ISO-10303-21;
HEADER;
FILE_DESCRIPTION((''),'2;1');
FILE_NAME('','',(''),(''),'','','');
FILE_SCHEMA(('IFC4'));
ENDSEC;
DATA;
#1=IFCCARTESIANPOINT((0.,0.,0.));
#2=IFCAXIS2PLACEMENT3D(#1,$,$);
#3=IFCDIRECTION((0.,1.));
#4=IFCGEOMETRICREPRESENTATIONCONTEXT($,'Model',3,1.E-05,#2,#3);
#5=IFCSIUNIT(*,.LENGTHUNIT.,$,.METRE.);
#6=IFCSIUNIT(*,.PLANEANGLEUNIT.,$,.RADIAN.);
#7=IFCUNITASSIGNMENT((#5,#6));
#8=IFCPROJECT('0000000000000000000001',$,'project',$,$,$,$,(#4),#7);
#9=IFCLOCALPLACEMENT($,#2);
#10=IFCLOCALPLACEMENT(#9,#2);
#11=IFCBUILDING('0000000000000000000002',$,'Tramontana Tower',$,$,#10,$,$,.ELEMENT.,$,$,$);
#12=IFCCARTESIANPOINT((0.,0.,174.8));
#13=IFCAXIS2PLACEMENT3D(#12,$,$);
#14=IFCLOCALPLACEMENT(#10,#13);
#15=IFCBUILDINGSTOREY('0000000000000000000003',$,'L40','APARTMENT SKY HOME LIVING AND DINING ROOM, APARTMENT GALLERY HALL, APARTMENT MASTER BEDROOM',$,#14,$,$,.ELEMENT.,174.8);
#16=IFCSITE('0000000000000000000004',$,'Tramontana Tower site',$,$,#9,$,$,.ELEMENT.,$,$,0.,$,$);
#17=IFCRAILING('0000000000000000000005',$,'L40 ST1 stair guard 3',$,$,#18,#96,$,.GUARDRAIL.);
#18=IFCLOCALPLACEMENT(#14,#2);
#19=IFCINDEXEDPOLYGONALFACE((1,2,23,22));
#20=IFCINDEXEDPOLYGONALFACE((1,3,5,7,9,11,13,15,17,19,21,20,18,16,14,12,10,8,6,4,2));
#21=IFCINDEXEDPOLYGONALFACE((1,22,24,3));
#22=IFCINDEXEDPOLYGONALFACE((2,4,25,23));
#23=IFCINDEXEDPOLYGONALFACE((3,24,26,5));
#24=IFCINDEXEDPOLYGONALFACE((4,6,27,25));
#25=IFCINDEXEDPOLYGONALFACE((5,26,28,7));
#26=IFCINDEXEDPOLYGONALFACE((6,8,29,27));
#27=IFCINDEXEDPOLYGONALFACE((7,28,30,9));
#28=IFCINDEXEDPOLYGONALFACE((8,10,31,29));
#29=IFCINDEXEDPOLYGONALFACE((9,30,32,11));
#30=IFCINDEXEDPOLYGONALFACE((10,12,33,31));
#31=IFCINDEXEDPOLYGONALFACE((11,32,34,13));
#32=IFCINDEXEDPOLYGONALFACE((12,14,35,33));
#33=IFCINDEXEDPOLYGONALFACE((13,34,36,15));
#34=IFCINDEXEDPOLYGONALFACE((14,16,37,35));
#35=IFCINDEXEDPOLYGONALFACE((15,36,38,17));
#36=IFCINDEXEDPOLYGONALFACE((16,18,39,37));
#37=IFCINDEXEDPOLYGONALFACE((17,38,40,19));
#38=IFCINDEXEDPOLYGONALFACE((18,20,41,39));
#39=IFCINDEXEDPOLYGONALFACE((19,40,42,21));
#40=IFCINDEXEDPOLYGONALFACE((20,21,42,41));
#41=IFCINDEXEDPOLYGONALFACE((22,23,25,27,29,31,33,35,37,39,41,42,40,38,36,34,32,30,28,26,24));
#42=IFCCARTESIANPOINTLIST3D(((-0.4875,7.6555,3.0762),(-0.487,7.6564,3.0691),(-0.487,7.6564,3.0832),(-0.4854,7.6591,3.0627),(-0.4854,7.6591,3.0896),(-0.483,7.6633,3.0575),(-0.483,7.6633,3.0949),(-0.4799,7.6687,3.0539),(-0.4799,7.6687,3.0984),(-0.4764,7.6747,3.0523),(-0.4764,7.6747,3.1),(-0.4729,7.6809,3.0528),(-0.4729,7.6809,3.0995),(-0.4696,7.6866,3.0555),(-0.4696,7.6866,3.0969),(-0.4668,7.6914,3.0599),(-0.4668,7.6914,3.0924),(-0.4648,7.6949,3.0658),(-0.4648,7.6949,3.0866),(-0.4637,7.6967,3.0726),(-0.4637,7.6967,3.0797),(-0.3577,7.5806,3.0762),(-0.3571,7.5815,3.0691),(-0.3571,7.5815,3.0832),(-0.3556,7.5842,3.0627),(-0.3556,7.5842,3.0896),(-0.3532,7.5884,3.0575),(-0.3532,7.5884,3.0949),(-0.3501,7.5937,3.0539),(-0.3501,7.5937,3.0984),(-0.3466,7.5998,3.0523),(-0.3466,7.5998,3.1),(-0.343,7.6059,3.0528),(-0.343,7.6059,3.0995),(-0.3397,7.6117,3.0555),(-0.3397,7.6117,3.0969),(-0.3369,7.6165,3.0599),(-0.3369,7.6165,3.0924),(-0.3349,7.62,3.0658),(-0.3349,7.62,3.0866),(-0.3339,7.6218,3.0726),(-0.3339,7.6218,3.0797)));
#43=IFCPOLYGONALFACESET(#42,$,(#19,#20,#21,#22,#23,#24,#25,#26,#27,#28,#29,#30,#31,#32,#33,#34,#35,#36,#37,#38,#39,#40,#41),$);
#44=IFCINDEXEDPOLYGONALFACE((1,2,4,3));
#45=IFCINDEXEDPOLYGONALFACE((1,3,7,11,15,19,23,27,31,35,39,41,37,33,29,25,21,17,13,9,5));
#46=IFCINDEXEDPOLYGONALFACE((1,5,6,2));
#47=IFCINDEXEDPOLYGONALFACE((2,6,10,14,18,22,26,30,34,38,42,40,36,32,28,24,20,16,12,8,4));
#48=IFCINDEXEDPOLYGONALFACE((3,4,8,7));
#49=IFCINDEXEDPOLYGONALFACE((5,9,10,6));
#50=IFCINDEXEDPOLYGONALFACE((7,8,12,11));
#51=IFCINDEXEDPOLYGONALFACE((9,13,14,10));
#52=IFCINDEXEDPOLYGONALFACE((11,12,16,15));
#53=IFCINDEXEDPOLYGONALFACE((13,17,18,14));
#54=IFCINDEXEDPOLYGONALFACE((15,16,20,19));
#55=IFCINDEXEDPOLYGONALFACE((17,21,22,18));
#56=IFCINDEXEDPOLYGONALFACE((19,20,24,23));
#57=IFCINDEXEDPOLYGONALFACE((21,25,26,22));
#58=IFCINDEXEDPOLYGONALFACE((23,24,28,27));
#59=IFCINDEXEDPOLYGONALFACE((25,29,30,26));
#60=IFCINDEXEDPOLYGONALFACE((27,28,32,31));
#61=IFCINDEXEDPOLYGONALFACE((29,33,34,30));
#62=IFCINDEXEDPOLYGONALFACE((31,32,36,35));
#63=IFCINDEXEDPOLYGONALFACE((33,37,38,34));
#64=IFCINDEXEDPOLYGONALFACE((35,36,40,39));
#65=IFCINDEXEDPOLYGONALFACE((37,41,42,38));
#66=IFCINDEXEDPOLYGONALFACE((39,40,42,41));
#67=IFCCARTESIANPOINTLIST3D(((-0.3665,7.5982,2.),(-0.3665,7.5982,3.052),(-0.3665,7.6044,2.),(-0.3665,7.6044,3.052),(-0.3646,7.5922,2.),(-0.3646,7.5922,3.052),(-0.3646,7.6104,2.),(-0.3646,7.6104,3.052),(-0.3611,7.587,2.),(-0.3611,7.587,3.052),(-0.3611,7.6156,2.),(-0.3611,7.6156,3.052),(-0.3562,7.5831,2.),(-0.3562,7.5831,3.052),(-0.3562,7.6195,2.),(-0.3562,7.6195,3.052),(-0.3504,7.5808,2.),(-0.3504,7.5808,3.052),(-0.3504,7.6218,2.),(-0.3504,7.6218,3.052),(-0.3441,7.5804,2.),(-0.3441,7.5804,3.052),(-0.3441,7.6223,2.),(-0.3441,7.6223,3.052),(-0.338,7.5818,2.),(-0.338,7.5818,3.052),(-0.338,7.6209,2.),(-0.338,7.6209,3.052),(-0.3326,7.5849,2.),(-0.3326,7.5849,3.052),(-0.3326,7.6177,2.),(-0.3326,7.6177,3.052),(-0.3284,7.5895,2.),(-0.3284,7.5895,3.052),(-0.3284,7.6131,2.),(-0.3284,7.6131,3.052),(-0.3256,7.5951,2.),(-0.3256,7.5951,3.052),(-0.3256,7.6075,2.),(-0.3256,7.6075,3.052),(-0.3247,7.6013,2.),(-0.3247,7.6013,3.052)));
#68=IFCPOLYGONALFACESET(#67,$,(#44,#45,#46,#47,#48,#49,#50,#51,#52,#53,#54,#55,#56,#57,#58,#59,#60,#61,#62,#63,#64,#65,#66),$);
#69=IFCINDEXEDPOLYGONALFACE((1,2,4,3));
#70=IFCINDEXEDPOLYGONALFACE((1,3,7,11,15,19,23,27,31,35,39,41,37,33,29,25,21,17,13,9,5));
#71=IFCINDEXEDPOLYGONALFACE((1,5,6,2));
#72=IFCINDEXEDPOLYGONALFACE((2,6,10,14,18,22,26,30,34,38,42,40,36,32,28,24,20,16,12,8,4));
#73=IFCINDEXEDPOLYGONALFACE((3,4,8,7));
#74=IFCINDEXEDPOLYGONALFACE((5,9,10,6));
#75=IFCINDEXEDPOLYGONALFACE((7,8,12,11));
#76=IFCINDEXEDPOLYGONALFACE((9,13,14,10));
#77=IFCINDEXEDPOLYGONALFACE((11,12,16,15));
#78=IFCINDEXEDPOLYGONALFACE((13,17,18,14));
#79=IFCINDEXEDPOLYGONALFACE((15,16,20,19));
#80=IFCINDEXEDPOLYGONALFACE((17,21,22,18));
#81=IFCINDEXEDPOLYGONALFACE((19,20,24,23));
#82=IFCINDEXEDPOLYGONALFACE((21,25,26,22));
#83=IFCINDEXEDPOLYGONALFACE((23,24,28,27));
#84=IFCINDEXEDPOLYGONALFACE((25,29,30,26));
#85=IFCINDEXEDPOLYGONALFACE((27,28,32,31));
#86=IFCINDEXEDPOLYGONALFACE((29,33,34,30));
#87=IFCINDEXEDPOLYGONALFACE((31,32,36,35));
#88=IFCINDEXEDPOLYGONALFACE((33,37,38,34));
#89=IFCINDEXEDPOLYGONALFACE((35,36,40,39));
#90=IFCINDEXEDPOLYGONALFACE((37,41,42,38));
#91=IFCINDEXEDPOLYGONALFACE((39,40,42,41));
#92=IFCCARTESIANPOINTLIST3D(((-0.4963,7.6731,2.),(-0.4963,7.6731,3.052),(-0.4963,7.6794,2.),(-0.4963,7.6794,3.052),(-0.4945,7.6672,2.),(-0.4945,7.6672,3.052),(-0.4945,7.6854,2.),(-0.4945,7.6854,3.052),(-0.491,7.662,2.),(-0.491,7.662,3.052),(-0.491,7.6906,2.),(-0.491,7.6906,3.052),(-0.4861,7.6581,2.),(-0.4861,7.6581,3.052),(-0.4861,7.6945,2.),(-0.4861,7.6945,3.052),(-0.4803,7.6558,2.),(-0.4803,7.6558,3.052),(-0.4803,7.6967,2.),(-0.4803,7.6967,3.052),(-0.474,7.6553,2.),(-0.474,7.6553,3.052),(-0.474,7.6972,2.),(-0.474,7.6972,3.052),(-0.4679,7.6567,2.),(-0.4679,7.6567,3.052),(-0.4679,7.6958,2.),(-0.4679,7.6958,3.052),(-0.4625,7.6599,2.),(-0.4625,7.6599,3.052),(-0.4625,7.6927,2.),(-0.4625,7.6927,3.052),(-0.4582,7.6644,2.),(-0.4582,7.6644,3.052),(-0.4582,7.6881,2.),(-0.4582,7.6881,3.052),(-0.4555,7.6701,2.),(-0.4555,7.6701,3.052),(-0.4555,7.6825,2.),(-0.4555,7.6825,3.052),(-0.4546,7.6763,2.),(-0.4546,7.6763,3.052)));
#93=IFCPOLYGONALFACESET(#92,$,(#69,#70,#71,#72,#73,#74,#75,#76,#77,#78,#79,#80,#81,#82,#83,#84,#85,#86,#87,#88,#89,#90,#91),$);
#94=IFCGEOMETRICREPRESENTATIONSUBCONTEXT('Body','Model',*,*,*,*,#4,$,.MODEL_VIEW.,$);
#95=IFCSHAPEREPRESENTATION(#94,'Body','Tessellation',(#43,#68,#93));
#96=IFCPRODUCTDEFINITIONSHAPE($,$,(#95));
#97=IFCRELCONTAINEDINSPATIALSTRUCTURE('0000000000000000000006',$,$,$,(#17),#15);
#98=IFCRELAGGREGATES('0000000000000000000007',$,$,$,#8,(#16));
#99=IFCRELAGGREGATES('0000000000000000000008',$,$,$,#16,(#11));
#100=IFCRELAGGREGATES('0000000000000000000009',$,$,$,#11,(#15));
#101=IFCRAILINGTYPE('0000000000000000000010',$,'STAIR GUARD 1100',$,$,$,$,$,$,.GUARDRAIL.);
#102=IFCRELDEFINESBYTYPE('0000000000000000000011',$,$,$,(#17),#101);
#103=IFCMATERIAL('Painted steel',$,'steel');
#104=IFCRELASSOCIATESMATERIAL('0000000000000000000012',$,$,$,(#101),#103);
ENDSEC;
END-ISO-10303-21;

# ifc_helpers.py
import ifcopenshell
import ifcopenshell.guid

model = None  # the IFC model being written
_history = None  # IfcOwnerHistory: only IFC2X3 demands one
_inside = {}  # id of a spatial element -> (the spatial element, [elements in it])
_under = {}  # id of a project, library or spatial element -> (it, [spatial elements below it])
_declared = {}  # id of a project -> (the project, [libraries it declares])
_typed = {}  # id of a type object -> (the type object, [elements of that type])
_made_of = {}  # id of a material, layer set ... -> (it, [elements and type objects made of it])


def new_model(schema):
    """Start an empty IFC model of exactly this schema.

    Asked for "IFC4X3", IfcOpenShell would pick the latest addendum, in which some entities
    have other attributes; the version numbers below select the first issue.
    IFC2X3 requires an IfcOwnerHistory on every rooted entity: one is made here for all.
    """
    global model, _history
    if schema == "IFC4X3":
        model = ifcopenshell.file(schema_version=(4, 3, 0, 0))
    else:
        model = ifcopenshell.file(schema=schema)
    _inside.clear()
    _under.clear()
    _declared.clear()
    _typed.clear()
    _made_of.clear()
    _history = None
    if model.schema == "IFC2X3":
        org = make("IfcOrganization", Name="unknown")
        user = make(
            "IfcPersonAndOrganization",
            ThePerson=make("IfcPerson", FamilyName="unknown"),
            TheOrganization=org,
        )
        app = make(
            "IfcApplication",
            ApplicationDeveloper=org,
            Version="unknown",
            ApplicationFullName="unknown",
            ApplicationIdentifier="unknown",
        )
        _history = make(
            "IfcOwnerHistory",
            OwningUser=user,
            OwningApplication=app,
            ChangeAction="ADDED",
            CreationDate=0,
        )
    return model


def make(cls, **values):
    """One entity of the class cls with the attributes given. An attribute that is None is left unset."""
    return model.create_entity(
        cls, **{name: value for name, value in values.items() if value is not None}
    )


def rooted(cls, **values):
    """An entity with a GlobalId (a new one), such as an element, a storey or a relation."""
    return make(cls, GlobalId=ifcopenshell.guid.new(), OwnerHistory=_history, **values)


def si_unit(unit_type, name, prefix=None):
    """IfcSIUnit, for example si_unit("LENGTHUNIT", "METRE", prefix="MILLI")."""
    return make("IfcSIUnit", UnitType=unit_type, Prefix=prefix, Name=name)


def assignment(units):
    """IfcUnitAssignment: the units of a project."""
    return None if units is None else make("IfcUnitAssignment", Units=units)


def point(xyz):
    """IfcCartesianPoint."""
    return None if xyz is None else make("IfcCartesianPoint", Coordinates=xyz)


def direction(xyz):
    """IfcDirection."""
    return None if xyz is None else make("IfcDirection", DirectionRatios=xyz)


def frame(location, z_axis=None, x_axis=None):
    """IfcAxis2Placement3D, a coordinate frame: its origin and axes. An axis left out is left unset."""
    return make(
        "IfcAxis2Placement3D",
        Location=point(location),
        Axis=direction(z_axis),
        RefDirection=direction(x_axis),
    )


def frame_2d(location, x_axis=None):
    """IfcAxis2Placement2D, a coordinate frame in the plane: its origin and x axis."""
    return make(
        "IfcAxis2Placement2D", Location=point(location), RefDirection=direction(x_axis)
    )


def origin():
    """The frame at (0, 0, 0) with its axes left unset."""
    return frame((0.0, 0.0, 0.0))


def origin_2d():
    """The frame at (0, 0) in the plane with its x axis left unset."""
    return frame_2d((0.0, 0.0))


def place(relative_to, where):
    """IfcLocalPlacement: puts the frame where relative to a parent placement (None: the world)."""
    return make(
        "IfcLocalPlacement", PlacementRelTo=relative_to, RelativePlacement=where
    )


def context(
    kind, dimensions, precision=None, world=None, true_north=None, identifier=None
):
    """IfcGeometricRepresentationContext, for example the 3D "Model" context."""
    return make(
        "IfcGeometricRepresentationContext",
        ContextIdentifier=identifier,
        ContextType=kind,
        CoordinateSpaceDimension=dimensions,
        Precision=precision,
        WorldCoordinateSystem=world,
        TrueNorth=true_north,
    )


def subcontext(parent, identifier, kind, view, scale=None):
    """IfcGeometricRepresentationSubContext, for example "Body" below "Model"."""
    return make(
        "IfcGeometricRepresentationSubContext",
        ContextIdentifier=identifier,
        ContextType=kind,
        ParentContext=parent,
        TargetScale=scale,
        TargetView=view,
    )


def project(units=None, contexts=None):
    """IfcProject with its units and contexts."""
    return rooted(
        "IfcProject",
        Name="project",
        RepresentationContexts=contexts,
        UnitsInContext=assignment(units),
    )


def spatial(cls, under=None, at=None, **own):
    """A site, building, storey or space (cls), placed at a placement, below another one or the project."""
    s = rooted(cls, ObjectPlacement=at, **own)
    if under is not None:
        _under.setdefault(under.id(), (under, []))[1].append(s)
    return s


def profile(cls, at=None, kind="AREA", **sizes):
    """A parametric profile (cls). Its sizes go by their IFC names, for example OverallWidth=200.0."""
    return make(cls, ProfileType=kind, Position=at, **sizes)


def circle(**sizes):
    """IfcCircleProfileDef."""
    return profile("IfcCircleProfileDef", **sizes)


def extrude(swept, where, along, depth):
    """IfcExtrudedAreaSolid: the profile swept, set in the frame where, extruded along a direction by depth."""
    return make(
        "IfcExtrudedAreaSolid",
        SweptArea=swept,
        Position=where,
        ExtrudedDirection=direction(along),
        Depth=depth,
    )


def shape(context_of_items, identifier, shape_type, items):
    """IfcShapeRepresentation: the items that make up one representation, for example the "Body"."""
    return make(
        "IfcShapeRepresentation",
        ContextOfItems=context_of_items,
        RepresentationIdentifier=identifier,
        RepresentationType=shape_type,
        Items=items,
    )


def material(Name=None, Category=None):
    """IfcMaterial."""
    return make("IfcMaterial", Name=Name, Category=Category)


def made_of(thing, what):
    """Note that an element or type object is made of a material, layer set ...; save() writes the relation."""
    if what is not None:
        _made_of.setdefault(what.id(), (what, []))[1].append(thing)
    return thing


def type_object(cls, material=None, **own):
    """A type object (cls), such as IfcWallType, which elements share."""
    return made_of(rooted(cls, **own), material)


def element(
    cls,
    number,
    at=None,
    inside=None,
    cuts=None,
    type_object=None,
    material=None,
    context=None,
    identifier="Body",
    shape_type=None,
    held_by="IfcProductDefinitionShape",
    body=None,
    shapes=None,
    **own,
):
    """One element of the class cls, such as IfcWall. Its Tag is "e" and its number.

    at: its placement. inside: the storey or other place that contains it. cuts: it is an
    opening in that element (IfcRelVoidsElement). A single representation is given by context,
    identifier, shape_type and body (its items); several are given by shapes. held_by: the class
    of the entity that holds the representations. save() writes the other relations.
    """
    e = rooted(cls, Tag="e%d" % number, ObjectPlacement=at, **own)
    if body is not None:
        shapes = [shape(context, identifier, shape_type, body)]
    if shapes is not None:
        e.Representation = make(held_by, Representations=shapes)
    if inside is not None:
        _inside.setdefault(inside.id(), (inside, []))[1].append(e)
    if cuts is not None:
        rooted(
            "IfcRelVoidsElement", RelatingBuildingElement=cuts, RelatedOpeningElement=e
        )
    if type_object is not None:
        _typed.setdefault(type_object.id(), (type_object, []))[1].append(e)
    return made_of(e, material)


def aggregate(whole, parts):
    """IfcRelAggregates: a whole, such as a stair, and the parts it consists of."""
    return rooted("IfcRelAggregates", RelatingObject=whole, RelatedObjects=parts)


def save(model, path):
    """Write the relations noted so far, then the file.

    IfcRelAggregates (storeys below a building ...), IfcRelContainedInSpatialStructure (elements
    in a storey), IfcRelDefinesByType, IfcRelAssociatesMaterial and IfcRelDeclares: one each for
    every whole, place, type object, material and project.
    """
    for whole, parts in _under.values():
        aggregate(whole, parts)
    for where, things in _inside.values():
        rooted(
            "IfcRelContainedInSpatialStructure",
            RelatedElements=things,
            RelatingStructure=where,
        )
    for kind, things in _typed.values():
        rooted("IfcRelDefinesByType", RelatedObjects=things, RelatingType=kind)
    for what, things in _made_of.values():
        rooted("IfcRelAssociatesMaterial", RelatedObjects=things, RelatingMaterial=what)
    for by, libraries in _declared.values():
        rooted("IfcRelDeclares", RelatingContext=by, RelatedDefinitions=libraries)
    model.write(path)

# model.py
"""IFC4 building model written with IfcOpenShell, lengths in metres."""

from ifc_helpers import new_model, si_unit, direction, frame, origin, origin_2d, place, context, subcontext, project, spatial, circle, extrude, material, type_object, element, save


model = new_model("IFC4")

# Units and contexts
model_context = context("Model", 3, precision=1e-05, world=origin(), true_north=direction((0.0, 1.0)))
body_context = subcontext(model_context, "Body", "Model", "MODEL_VIEW")
ifc_project = project(units=[si_unit("LENGTHUNIT", "METRE"), si_unit("PLANEANGLEUNIT", "RADIAN")], contexts=[model_context])

# Site, building, storey
site_placement = place(None, origin())
site = spatial("IfcSite", under=ifc_project, at=site_placement, Name="Tramontana Tower site", CompositionType="ELEMENT", RefElevation=0.0)
building_placement = place(site_placement, origin())
building = spatial("IfcBuilding", under=site, at=building_placement, Name="Tramontana Tower", CompositionType="ELEMENT")
storey_placement = place(building_placement, frame((0.0, 0.0, 174.8)))
storey = spatial("IfcBuildingStorey", under=building, at=storey_placement, Name="L40", Description="APARTMENT SKY HOME LIVING AND DINING ROOM, APARTMENT GALLERY HALL, APARTMENT MASTER BEDROOM", CompositionType="ELEMENT", Elevation=174.8)

# Railing
ifc_material_1 = material(Name="Painted steel", Category="steel")
railing_type = type_object("IfcRailingType", Name="STAIR GUARD 1100", PredefinedType="GUARDRAIL", material=ifc_material_1)
railing_1_placement = place(storey_placement, frame((-0.3457, 7.6013, 2.0)))
element("IfcRailing", 1, at=railing_1_placement, inside=storey, type_object=railing_type, Name="L40 ST1 stair guard 3", PredefinedType="GUARDRAIL", context=body_context, shape_type="SweptSolid", body=[
    extrude(circle(Radius=0.0239, at=origin_2d()), frame((0.0, 0.0, 1.0762), z_axis=(-0.866131, 0.499816, 0.0), x_axis=(-0.499816, -0.866131, 0.0)), (0.0, 0.0, 1.0), 0.1499),
    extrude(circle(Radius=0.021, at=origin_2d()), origin(), (0.0, 0.0, 1.0), 1.052),
    extrude(circle(Radius=0.021, at=origin_2d()), frame((-0.1299, 0.075, 0.0)), (0.0, 0.0, 1.0), 1.052),
])

save(model, "model.ifc")
